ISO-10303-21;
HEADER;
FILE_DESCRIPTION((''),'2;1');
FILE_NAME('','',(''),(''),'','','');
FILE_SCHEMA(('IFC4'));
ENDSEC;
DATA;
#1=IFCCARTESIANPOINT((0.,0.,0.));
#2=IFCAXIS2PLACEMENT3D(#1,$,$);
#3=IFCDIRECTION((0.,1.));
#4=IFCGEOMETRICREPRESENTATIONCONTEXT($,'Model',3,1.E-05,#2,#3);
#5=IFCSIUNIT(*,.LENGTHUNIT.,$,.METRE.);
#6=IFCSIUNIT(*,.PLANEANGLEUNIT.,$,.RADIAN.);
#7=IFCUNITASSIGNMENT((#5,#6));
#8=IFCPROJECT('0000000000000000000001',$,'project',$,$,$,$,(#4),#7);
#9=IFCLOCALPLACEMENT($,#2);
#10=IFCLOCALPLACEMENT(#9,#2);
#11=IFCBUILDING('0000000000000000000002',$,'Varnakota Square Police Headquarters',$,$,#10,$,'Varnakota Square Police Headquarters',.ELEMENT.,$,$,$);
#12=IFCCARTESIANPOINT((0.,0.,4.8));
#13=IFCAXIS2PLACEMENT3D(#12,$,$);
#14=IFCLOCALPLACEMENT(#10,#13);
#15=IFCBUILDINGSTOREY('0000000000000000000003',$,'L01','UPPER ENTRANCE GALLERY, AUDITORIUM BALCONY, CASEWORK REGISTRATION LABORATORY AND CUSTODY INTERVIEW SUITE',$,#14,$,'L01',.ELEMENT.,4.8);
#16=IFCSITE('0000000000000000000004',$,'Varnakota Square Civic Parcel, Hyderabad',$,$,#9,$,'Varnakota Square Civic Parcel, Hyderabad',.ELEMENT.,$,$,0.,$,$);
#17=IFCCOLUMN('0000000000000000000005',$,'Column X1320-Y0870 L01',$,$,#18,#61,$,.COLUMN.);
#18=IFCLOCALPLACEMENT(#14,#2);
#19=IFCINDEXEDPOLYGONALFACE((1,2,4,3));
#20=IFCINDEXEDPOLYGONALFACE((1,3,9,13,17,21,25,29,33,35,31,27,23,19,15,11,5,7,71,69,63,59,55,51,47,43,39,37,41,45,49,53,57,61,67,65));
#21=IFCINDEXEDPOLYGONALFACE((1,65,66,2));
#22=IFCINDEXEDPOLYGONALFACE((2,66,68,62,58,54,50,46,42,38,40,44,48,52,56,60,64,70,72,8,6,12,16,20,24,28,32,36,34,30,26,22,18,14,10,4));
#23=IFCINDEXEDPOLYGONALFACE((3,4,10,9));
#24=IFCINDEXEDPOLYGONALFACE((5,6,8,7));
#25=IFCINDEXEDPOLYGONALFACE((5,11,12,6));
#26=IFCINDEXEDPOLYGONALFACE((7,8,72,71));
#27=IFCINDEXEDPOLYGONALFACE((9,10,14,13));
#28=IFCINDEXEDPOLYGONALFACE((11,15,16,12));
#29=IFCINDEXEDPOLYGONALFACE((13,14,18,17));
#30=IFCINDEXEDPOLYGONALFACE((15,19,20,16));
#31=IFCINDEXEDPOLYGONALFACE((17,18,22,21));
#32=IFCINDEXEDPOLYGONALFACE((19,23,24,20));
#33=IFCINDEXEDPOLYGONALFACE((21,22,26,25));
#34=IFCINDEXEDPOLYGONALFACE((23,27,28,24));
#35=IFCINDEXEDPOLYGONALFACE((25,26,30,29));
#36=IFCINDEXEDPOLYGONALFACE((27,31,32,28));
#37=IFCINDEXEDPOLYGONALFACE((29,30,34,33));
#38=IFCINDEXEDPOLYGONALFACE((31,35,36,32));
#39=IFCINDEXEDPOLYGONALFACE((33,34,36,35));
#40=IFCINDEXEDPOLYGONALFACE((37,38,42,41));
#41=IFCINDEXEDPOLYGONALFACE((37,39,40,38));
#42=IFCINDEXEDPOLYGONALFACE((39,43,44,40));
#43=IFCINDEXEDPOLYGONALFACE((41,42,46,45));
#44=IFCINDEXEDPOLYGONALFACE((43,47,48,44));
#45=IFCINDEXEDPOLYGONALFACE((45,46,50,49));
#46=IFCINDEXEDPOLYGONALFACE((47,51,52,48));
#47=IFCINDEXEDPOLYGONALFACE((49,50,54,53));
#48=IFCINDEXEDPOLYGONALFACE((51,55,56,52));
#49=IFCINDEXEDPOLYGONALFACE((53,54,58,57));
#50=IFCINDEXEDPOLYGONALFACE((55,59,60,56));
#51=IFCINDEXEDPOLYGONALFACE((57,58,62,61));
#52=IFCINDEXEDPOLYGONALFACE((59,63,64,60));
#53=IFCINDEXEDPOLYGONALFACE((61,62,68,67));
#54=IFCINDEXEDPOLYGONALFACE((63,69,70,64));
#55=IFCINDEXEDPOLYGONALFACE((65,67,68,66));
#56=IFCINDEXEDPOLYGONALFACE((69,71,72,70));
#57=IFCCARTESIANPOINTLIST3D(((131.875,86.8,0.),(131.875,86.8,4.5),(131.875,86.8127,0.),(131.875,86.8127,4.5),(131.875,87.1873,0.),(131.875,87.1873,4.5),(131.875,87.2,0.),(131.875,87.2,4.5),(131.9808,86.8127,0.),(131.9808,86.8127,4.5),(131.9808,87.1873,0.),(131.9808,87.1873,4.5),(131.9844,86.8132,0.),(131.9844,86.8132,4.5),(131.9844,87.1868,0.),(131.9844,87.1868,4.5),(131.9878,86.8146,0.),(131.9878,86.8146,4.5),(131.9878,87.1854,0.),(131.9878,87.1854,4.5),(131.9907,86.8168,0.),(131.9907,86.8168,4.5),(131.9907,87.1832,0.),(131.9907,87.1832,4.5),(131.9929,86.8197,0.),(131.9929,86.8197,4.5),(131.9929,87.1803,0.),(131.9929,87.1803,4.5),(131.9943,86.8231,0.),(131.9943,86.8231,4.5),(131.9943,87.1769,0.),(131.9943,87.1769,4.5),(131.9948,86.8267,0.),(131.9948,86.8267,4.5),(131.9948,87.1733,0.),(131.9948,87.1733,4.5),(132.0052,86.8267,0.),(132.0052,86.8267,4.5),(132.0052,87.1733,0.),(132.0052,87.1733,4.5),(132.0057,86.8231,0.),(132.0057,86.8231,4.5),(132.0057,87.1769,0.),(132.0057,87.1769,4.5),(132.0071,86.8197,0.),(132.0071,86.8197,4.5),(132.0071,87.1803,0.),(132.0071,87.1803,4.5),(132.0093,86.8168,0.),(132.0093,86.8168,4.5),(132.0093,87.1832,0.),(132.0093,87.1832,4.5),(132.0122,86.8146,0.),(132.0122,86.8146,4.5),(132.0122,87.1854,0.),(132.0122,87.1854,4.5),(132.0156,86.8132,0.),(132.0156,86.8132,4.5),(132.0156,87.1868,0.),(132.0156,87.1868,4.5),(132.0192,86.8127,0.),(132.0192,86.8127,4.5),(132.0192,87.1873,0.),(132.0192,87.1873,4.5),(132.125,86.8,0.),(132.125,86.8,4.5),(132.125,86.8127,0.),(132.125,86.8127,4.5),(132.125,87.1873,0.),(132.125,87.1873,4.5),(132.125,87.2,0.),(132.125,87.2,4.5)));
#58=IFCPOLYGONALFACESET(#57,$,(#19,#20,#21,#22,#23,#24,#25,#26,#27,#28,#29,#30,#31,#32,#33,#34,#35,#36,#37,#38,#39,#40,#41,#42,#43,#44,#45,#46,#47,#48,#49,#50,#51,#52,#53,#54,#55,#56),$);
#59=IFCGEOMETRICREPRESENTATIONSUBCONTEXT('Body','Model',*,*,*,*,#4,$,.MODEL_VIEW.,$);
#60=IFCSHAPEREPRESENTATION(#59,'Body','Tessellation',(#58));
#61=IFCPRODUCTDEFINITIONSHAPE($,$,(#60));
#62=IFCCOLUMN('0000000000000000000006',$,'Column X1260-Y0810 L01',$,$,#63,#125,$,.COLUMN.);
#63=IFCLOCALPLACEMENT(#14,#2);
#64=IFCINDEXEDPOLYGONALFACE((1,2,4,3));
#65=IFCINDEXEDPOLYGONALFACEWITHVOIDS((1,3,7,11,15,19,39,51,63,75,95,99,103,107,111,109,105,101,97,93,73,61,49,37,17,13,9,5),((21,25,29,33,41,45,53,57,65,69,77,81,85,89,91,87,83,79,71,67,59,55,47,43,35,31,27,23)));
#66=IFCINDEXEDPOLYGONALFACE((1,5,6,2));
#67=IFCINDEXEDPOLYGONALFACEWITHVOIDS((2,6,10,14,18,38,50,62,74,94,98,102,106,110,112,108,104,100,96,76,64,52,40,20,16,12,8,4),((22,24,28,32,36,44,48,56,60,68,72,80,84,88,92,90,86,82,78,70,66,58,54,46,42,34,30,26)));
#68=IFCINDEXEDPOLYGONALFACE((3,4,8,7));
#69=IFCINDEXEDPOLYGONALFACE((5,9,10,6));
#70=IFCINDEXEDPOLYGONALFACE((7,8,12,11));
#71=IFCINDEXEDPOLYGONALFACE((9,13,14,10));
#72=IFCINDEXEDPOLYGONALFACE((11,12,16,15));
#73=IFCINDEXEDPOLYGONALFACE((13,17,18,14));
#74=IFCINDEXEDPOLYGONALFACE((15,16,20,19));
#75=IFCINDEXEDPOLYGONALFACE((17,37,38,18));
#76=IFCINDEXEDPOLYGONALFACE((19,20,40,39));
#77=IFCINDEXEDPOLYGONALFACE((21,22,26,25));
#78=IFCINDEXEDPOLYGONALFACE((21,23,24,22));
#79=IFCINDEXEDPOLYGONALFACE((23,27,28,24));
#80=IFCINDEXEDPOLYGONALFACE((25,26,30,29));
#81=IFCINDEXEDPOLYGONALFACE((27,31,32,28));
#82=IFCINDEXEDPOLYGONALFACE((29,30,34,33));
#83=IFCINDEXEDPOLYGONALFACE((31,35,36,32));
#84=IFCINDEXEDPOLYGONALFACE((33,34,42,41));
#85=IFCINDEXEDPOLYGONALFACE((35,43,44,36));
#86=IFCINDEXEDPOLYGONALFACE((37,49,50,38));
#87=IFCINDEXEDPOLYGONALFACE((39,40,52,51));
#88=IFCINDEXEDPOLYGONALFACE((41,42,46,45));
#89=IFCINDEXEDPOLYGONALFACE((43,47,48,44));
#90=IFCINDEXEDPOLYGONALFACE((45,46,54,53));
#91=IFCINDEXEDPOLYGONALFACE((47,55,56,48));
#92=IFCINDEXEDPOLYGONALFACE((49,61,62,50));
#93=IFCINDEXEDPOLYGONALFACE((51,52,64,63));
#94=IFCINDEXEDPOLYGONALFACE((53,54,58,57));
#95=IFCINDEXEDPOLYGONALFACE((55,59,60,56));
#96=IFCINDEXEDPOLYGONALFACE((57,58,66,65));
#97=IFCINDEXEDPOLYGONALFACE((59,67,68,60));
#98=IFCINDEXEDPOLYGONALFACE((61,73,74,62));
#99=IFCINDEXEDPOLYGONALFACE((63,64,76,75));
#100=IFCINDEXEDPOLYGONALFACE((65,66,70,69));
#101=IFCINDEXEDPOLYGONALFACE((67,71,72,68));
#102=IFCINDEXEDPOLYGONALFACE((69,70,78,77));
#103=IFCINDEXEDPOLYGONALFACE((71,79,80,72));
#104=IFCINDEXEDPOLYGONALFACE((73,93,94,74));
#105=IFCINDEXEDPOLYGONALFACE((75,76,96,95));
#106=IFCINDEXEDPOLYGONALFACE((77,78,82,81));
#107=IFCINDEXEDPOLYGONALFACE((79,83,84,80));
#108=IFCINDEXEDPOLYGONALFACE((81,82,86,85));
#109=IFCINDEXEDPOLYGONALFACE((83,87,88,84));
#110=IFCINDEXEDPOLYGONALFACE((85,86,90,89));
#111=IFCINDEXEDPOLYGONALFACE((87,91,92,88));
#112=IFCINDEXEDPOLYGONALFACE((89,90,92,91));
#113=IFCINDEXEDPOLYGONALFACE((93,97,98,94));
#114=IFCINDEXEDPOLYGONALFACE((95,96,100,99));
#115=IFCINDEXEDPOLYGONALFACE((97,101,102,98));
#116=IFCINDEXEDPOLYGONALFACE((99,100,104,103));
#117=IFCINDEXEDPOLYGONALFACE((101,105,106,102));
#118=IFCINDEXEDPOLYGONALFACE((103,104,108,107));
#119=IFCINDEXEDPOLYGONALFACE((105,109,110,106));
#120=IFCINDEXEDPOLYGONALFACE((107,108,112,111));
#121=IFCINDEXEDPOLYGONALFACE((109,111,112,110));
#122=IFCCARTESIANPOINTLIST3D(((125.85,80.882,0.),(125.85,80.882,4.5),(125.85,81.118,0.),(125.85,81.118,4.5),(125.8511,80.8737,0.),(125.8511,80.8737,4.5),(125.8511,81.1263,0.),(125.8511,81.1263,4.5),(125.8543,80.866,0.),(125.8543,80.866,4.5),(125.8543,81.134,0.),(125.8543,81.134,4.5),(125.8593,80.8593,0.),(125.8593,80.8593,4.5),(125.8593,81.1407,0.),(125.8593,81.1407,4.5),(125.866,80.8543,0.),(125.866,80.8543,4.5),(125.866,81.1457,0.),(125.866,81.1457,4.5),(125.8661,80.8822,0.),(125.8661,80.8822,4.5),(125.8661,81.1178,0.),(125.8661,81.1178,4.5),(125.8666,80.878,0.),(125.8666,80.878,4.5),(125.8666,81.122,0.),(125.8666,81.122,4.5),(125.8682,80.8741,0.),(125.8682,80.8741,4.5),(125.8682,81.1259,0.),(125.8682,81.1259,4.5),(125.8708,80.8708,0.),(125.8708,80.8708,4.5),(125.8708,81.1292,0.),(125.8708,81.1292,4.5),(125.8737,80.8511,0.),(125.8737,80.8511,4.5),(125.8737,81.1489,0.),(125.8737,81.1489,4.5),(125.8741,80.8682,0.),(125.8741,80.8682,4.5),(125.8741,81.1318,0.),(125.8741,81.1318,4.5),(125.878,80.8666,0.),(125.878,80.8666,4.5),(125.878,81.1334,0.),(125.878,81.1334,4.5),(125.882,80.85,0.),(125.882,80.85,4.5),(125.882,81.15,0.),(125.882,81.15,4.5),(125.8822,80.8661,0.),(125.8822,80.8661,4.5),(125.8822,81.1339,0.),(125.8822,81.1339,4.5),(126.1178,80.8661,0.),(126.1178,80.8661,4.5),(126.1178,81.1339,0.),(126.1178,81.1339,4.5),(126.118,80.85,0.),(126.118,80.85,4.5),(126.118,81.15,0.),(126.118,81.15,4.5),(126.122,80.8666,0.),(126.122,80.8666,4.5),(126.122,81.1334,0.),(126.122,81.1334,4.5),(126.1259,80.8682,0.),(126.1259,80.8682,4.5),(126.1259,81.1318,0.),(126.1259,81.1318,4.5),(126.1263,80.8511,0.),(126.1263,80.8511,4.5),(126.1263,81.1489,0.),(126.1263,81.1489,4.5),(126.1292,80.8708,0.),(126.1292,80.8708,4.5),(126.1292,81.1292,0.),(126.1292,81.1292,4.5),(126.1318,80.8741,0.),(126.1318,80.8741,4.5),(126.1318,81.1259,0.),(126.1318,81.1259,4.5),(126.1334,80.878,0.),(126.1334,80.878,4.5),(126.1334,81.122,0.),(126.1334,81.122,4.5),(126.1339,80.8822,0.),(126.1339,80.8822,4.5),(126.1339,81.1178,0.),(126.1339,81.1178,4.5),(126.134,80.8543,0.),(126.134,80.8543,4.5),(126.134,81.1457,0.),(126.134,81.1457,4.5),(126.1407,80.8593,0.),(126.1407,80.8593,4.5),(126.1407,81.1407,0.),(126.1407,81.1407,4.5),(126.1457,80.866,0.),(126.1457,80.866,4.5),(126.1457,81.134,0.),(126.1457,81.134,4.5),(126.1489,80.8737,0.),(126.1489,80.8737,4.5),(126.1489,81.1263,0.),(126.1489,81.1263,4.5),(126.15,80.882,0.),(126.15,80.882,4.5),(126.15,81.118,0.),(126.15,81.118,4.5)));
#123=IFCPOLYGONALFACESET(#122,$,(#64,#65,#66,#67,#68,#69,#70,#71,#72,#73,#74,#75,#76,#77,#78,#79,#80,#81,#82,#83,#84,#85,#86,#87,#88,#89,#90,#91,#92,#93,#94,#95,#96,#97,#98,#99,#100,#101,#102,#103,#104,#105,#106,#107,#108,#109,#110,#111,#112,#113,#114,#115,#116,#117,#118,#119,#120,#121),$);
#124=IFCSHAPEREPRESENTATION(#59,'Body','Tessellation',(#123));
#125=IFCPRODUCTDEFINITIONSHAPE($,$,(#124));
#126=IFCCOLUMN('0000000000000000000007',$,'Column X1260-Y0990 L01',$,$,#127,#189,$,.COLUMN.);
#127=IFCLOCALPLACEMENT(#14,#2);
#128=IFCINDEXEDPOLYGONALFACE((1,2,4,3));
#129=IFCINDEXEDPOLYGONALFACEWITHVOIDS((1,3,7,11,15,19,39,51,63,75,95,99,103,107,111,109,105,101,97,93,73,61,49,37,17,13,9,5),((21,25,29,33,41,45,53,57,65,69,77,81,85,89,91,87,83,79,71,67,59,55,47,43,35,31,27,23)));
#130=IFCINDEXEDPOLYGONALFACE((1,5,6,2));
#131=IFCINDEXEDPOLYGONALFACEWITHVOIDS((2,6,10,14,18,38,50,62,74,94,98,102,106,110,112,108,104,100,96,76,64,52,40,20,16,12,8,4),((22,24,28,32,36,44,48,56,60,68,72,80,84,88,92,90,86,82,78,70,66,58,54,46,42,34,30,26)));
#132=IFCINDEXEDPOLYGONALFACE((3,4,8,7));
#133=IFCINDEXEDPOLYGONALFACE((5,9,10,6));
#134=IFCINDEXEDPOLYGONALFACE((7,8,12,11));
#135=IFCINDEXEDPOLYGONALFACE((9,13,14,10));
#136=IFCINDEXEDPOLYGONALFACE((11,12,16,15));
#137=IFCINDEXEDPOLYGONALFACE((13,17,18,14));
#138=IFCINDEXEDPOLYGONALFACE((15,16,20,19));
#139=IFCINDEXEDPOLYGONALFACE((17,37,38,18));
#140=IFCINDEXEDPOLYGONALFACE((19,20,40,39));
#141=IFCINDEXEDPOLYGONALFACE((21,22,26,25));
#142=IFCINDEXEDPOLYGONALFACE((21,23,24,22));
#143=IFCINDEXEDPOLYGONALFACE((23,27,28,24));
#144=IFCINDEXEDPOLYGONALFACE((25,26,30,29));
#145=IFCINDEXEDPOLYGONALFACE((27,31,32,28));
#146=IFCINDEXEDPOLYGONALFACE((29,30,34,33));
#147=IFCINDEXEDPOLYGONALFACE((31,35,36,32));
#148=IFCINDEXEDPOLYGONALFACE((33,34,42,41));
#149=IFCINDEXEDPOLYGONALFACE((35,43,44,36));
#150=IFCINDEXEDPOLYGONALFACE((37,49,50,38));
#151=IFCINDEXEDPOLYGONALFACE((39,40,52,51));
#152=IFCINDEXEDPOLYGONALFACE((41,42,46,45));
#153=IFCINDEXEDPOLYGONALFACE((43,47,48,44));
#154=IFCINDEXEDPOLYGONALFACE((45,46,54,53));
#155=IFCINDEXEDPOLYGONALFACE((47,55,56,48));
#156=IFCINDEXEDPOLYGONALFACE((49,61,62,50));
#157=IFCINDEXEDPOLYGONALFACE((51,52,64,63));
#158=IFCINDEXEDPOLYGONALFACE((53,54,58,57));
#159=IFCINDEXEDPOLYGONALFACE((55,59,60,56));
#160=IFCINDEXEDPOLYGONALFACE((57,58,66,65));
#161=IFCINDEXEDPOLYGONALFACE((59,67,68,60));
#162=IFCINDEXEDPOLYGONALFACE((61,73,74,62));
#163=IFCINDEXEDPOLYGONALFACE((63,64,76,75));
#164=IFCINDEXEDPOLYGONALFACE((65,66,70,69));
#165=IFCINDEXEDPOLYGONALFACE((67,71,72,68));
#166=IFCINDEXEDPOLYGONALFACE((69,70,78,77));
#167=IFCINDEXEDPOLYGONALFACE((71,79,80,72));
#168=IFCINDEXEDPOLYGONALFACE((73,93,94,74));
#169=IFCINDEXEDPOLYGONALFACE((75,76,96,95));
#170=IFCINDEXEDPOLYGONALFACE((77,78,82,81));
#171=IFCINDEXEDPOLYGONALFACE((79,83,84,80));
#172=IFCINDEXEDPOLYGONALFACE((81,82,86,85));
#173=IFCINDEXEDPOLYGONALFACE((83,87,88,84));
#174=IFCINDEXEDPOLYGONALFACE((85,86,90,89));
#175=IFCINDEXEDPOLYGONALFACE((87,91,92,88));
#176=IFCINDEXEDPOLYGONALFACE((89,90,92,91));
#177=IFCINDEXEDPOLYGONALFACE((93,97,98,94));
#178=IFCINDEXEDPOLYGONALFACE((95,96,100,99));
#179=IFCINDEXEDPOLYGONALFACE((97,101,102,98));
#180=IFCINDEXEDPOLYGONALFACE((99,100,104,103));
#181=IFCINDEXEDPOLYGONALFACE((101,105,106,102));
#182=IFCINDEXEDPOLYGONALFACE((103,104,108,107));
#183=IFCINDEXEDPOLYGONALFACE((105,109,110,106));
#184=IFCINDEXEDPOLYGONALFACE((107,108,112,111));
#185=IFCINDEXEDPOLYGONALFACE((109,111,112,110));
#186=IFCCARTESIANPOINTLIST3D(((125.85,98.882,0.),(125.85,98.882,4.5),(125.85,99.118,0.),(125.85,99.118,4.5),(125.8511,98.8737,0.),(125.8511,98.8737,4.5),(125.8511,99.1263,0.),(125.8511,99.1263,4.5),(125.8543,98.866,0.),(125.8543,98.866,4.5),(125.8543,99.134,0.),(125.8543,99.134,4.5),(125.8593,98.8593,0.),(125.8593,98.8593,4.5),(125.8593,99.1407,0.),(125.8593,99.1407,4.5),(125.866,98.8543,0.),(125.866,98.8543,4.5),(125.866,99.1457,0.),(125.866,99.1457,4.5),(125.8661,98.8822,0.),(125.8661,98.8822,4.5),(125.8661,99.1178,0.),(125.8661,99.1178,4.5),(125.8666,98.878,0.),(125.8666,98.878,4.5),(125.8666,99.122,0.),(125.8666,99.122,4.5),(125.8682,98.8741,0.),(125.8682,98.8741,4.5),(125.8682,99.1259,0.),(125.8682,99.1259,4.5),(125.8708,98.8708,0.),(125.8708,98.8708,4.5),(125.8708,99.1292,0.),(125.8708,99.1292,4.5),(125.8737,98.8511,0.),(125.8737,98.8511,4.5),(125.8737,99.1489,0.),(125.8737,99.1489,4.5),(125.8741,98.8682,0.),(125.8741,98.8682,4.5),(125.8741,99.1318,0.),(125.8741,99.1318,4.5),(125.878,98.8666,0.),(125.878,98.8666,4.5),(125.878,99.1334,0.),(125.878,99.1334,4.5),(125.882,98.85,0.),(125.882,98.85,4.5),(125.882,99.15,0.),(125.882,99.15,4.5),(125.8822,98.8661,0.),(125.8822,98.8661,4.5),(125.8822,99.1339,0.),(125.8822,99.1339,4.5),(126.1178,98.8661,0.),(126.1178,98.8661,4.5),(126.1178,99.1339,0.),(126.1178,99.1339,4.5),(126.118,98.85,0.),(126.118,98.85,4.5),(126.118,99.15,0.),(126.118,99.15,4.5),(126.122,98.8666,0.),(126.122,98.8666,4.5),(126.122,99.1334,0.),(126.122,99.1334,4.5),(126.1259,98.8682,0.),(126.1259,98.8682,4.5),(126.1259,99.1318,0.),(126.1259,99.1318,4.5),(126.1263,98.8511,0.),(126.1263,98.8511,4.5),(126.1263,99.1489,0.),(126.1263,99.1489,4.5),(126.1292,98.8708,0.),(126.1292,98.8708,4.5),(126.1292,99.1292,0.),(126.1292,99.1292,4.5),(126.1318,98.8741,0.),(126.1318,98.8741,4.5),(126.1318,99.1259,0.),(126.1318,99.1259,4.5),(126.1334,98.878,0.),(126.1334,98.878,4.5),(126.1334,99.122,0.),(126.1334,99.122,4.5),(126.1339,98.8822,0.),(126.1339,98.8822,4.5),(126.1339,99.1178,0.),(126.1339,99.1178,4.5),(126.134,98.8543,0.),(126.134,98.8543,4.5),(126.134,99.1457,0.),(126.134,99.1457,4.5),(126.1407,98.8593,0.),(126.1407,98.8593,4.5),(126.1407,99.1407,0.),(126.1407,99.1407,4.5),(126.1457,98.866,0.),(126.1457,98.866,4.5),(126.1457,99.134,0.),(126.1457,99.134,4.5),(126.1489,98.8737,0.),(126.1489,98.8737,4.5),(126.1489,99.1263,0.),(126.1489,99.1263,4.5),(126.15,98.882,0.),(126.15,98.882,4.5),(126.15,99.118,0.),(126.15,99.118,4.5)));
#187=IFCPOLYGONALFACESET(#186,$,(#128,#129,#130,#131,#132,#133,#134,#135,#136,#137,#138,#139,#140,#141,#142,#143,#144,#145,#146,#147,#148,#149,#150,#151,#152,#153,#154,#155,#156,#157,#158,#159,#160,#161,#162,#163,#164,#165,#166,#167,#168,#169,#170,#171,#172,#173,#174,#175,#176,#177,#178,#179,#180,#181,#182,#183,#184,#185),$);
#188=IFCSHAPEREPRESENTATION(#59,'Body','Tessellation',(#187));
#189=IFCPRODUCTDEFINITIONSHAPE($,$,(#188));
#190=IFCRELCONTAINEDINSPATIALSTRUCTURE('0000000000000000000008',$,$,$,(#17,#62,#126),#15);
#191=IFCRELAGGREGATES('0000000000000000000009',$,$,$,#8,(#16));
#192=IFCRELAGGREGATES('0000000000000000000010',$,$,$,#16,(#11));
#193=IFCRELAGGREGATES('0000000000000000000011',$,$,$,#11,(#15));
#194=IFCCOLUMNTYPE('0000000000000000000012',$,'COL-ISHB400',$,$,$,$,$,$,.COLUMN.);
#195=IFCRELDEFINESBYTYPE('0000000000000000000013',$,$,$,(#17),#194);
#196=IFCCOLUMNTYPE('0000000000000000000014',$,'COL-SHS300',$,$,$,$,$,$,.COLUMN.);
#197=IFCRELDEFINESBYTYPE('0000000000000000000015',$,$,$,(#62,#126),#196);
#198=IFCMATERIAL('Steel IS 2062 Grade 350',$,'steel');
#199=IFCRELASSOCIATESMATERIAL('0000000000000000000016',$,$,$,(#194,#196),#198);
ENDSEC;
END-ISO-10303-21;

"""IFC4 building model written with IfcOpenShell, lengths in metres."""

from ifc_helpers import new_model, si_unit, direction, frame, origin, origin_2d, place, context, subcontext, project, spatial, hollow_rectangle, i_section, extrude, material, material_profile, profile_set, type_object, element, save


model = new_model("IFC4")

# Units and contexts
model_context = context("Model", 3, precision=1e-05, world=origin(), true_north=direction((0.0, 1.0)))
body_context = subcontext(model_context, "Body", "Model", "MODEL_VIEW")
ifc_project = project(units=[si_unit("LENGTHUNIT", "METRE"), si_unit("PLANEANGLEUNIT", "RADIAN")], contexts=[model_context])

# Site, building, storey
site_placement = place(None, origin())
site = spatial("IfcSite", under=ifc_project, at=site_placement, Name="Varnakota Square Civic Parcel, Hyderabad", LongName="Varnakota Square Civic Parcel, Hyderabad", CompositionType="ELEMENT", RefElevation=0.0)
building_placement = place(site_placement, origin())
building = spatial("IfcBuilding", under=site, at=building_placement, Name="Varnakota Square Police Headquarters", LongName="Varnakota Square Police Headquarters", CompositionType="ELEMENT")
storey_placement = place(building_placement, frame((0.0, 0.0, 4.8)))
storey = spatial("IfcBuildingStorey", under=building, at=storey_placement, Name="L01", Description="UPPER ENTRANCE GALLERY, AUDITORIUM BALCONY, CASEWORK REGISTRATION LABORATORY AND CUSTODY INTERVIEW SUITE", LongName="L01", CompositionType="ELEMENT", Elevation=4.8)

# Columns
ifc_material_1 = material(Name="Steel IS 2062 Grade 350", Category="steel")
ifc_material_profile_1 = material_profile(ifc_material_1, i_section(OverallWidth=0.25, OverallDepth=0.3999, WebThickness=0.0105, FlangeThickness=0.0127, FilletRadius=0.0139, at=origin_2d()), Name="ISHB 400")
ifc_profile_set_1 = profile_set([ifc_material_profile_1], Name="Steel IS 2062 Grade 350")
column_type_1 = type_object("IfcColumnType", Name="COL-ISHB400", PredefinedType="COLUMN", material=ifc_profile_set_1)
column_placement = place(storey_placement, frame((132.0, 87.0, 0.0), z_axis=(0.0, 0.0, 1.0), x_axis=(1.0, 0.0, 0.0)))
element("IfcColumn", 1, at=column_placement, inside=storey, type_object=column_type_1, Name="Column X1320-Y0870 L01", PredefinedType="COLUMN", context=body_context, shape_type="SweptSolid", body=[
    extrude(i_section(OverallWidth=0.25, OverallDepth=0.3999, WebThickness=0.0105, FlangeThickness=0.0127, FilletRadius=0.0139, at=origin_2d()), origin(), (0.0, 0.0, 1.0), 4.5),
])
ifc_material_profile_2 = material_profile(ifc_material_1, hollow_rectangle(XDim=0.3, YDim=0.3, WallThickness=0.0161, InnerFilletRadius=0.0161, OuterFilletRadius=0.032, at=origin_2d()), Name="SHS 300x300x16")
ifc_profile_set_2 = profile_set([ifc_material_profile_2], Name="Steel IS 2062 Grade 350")
column_type_2 = type_object("IfcColumnType", Name="COL-SHS300", PredefinedType="COLUMN", material=ifc_profile_set_2)
for number, where, z_axis, x_axis, name in (
    (2, (126.0, 81.0, 0.0), (0.0, 0.0, 1.0), (1.0, 0.0, 0.0), "Column X1260-Y0810 L01"),
    (3, (126.0, 99.0, 0.0), (0.0, 0.0, 1.0), (1.0, 0.0, 0.0), "Column X1260-Y0990 L01"),
):
    element("IfcColumn", number, at=place(storey_placement, frame(where, z_axis=z_axis, x_axis=x_axis)), inside=storey, type_object=column_type_2, Name=name, PredefinedType="COLUMN", context=body_context, shape_type="SweptSolid", body=[
        extrude(hollow_rectangle(XDim=0.3, YDim=0.3, WallThickness=0.0161, InnerFilletRadius=0.0161, OuterFilletRadius=0.032, at=origin_2d()), origin(), (0.0, 0.0, 1.0), 4.5),
    ])

save(model, "model.ifc")
